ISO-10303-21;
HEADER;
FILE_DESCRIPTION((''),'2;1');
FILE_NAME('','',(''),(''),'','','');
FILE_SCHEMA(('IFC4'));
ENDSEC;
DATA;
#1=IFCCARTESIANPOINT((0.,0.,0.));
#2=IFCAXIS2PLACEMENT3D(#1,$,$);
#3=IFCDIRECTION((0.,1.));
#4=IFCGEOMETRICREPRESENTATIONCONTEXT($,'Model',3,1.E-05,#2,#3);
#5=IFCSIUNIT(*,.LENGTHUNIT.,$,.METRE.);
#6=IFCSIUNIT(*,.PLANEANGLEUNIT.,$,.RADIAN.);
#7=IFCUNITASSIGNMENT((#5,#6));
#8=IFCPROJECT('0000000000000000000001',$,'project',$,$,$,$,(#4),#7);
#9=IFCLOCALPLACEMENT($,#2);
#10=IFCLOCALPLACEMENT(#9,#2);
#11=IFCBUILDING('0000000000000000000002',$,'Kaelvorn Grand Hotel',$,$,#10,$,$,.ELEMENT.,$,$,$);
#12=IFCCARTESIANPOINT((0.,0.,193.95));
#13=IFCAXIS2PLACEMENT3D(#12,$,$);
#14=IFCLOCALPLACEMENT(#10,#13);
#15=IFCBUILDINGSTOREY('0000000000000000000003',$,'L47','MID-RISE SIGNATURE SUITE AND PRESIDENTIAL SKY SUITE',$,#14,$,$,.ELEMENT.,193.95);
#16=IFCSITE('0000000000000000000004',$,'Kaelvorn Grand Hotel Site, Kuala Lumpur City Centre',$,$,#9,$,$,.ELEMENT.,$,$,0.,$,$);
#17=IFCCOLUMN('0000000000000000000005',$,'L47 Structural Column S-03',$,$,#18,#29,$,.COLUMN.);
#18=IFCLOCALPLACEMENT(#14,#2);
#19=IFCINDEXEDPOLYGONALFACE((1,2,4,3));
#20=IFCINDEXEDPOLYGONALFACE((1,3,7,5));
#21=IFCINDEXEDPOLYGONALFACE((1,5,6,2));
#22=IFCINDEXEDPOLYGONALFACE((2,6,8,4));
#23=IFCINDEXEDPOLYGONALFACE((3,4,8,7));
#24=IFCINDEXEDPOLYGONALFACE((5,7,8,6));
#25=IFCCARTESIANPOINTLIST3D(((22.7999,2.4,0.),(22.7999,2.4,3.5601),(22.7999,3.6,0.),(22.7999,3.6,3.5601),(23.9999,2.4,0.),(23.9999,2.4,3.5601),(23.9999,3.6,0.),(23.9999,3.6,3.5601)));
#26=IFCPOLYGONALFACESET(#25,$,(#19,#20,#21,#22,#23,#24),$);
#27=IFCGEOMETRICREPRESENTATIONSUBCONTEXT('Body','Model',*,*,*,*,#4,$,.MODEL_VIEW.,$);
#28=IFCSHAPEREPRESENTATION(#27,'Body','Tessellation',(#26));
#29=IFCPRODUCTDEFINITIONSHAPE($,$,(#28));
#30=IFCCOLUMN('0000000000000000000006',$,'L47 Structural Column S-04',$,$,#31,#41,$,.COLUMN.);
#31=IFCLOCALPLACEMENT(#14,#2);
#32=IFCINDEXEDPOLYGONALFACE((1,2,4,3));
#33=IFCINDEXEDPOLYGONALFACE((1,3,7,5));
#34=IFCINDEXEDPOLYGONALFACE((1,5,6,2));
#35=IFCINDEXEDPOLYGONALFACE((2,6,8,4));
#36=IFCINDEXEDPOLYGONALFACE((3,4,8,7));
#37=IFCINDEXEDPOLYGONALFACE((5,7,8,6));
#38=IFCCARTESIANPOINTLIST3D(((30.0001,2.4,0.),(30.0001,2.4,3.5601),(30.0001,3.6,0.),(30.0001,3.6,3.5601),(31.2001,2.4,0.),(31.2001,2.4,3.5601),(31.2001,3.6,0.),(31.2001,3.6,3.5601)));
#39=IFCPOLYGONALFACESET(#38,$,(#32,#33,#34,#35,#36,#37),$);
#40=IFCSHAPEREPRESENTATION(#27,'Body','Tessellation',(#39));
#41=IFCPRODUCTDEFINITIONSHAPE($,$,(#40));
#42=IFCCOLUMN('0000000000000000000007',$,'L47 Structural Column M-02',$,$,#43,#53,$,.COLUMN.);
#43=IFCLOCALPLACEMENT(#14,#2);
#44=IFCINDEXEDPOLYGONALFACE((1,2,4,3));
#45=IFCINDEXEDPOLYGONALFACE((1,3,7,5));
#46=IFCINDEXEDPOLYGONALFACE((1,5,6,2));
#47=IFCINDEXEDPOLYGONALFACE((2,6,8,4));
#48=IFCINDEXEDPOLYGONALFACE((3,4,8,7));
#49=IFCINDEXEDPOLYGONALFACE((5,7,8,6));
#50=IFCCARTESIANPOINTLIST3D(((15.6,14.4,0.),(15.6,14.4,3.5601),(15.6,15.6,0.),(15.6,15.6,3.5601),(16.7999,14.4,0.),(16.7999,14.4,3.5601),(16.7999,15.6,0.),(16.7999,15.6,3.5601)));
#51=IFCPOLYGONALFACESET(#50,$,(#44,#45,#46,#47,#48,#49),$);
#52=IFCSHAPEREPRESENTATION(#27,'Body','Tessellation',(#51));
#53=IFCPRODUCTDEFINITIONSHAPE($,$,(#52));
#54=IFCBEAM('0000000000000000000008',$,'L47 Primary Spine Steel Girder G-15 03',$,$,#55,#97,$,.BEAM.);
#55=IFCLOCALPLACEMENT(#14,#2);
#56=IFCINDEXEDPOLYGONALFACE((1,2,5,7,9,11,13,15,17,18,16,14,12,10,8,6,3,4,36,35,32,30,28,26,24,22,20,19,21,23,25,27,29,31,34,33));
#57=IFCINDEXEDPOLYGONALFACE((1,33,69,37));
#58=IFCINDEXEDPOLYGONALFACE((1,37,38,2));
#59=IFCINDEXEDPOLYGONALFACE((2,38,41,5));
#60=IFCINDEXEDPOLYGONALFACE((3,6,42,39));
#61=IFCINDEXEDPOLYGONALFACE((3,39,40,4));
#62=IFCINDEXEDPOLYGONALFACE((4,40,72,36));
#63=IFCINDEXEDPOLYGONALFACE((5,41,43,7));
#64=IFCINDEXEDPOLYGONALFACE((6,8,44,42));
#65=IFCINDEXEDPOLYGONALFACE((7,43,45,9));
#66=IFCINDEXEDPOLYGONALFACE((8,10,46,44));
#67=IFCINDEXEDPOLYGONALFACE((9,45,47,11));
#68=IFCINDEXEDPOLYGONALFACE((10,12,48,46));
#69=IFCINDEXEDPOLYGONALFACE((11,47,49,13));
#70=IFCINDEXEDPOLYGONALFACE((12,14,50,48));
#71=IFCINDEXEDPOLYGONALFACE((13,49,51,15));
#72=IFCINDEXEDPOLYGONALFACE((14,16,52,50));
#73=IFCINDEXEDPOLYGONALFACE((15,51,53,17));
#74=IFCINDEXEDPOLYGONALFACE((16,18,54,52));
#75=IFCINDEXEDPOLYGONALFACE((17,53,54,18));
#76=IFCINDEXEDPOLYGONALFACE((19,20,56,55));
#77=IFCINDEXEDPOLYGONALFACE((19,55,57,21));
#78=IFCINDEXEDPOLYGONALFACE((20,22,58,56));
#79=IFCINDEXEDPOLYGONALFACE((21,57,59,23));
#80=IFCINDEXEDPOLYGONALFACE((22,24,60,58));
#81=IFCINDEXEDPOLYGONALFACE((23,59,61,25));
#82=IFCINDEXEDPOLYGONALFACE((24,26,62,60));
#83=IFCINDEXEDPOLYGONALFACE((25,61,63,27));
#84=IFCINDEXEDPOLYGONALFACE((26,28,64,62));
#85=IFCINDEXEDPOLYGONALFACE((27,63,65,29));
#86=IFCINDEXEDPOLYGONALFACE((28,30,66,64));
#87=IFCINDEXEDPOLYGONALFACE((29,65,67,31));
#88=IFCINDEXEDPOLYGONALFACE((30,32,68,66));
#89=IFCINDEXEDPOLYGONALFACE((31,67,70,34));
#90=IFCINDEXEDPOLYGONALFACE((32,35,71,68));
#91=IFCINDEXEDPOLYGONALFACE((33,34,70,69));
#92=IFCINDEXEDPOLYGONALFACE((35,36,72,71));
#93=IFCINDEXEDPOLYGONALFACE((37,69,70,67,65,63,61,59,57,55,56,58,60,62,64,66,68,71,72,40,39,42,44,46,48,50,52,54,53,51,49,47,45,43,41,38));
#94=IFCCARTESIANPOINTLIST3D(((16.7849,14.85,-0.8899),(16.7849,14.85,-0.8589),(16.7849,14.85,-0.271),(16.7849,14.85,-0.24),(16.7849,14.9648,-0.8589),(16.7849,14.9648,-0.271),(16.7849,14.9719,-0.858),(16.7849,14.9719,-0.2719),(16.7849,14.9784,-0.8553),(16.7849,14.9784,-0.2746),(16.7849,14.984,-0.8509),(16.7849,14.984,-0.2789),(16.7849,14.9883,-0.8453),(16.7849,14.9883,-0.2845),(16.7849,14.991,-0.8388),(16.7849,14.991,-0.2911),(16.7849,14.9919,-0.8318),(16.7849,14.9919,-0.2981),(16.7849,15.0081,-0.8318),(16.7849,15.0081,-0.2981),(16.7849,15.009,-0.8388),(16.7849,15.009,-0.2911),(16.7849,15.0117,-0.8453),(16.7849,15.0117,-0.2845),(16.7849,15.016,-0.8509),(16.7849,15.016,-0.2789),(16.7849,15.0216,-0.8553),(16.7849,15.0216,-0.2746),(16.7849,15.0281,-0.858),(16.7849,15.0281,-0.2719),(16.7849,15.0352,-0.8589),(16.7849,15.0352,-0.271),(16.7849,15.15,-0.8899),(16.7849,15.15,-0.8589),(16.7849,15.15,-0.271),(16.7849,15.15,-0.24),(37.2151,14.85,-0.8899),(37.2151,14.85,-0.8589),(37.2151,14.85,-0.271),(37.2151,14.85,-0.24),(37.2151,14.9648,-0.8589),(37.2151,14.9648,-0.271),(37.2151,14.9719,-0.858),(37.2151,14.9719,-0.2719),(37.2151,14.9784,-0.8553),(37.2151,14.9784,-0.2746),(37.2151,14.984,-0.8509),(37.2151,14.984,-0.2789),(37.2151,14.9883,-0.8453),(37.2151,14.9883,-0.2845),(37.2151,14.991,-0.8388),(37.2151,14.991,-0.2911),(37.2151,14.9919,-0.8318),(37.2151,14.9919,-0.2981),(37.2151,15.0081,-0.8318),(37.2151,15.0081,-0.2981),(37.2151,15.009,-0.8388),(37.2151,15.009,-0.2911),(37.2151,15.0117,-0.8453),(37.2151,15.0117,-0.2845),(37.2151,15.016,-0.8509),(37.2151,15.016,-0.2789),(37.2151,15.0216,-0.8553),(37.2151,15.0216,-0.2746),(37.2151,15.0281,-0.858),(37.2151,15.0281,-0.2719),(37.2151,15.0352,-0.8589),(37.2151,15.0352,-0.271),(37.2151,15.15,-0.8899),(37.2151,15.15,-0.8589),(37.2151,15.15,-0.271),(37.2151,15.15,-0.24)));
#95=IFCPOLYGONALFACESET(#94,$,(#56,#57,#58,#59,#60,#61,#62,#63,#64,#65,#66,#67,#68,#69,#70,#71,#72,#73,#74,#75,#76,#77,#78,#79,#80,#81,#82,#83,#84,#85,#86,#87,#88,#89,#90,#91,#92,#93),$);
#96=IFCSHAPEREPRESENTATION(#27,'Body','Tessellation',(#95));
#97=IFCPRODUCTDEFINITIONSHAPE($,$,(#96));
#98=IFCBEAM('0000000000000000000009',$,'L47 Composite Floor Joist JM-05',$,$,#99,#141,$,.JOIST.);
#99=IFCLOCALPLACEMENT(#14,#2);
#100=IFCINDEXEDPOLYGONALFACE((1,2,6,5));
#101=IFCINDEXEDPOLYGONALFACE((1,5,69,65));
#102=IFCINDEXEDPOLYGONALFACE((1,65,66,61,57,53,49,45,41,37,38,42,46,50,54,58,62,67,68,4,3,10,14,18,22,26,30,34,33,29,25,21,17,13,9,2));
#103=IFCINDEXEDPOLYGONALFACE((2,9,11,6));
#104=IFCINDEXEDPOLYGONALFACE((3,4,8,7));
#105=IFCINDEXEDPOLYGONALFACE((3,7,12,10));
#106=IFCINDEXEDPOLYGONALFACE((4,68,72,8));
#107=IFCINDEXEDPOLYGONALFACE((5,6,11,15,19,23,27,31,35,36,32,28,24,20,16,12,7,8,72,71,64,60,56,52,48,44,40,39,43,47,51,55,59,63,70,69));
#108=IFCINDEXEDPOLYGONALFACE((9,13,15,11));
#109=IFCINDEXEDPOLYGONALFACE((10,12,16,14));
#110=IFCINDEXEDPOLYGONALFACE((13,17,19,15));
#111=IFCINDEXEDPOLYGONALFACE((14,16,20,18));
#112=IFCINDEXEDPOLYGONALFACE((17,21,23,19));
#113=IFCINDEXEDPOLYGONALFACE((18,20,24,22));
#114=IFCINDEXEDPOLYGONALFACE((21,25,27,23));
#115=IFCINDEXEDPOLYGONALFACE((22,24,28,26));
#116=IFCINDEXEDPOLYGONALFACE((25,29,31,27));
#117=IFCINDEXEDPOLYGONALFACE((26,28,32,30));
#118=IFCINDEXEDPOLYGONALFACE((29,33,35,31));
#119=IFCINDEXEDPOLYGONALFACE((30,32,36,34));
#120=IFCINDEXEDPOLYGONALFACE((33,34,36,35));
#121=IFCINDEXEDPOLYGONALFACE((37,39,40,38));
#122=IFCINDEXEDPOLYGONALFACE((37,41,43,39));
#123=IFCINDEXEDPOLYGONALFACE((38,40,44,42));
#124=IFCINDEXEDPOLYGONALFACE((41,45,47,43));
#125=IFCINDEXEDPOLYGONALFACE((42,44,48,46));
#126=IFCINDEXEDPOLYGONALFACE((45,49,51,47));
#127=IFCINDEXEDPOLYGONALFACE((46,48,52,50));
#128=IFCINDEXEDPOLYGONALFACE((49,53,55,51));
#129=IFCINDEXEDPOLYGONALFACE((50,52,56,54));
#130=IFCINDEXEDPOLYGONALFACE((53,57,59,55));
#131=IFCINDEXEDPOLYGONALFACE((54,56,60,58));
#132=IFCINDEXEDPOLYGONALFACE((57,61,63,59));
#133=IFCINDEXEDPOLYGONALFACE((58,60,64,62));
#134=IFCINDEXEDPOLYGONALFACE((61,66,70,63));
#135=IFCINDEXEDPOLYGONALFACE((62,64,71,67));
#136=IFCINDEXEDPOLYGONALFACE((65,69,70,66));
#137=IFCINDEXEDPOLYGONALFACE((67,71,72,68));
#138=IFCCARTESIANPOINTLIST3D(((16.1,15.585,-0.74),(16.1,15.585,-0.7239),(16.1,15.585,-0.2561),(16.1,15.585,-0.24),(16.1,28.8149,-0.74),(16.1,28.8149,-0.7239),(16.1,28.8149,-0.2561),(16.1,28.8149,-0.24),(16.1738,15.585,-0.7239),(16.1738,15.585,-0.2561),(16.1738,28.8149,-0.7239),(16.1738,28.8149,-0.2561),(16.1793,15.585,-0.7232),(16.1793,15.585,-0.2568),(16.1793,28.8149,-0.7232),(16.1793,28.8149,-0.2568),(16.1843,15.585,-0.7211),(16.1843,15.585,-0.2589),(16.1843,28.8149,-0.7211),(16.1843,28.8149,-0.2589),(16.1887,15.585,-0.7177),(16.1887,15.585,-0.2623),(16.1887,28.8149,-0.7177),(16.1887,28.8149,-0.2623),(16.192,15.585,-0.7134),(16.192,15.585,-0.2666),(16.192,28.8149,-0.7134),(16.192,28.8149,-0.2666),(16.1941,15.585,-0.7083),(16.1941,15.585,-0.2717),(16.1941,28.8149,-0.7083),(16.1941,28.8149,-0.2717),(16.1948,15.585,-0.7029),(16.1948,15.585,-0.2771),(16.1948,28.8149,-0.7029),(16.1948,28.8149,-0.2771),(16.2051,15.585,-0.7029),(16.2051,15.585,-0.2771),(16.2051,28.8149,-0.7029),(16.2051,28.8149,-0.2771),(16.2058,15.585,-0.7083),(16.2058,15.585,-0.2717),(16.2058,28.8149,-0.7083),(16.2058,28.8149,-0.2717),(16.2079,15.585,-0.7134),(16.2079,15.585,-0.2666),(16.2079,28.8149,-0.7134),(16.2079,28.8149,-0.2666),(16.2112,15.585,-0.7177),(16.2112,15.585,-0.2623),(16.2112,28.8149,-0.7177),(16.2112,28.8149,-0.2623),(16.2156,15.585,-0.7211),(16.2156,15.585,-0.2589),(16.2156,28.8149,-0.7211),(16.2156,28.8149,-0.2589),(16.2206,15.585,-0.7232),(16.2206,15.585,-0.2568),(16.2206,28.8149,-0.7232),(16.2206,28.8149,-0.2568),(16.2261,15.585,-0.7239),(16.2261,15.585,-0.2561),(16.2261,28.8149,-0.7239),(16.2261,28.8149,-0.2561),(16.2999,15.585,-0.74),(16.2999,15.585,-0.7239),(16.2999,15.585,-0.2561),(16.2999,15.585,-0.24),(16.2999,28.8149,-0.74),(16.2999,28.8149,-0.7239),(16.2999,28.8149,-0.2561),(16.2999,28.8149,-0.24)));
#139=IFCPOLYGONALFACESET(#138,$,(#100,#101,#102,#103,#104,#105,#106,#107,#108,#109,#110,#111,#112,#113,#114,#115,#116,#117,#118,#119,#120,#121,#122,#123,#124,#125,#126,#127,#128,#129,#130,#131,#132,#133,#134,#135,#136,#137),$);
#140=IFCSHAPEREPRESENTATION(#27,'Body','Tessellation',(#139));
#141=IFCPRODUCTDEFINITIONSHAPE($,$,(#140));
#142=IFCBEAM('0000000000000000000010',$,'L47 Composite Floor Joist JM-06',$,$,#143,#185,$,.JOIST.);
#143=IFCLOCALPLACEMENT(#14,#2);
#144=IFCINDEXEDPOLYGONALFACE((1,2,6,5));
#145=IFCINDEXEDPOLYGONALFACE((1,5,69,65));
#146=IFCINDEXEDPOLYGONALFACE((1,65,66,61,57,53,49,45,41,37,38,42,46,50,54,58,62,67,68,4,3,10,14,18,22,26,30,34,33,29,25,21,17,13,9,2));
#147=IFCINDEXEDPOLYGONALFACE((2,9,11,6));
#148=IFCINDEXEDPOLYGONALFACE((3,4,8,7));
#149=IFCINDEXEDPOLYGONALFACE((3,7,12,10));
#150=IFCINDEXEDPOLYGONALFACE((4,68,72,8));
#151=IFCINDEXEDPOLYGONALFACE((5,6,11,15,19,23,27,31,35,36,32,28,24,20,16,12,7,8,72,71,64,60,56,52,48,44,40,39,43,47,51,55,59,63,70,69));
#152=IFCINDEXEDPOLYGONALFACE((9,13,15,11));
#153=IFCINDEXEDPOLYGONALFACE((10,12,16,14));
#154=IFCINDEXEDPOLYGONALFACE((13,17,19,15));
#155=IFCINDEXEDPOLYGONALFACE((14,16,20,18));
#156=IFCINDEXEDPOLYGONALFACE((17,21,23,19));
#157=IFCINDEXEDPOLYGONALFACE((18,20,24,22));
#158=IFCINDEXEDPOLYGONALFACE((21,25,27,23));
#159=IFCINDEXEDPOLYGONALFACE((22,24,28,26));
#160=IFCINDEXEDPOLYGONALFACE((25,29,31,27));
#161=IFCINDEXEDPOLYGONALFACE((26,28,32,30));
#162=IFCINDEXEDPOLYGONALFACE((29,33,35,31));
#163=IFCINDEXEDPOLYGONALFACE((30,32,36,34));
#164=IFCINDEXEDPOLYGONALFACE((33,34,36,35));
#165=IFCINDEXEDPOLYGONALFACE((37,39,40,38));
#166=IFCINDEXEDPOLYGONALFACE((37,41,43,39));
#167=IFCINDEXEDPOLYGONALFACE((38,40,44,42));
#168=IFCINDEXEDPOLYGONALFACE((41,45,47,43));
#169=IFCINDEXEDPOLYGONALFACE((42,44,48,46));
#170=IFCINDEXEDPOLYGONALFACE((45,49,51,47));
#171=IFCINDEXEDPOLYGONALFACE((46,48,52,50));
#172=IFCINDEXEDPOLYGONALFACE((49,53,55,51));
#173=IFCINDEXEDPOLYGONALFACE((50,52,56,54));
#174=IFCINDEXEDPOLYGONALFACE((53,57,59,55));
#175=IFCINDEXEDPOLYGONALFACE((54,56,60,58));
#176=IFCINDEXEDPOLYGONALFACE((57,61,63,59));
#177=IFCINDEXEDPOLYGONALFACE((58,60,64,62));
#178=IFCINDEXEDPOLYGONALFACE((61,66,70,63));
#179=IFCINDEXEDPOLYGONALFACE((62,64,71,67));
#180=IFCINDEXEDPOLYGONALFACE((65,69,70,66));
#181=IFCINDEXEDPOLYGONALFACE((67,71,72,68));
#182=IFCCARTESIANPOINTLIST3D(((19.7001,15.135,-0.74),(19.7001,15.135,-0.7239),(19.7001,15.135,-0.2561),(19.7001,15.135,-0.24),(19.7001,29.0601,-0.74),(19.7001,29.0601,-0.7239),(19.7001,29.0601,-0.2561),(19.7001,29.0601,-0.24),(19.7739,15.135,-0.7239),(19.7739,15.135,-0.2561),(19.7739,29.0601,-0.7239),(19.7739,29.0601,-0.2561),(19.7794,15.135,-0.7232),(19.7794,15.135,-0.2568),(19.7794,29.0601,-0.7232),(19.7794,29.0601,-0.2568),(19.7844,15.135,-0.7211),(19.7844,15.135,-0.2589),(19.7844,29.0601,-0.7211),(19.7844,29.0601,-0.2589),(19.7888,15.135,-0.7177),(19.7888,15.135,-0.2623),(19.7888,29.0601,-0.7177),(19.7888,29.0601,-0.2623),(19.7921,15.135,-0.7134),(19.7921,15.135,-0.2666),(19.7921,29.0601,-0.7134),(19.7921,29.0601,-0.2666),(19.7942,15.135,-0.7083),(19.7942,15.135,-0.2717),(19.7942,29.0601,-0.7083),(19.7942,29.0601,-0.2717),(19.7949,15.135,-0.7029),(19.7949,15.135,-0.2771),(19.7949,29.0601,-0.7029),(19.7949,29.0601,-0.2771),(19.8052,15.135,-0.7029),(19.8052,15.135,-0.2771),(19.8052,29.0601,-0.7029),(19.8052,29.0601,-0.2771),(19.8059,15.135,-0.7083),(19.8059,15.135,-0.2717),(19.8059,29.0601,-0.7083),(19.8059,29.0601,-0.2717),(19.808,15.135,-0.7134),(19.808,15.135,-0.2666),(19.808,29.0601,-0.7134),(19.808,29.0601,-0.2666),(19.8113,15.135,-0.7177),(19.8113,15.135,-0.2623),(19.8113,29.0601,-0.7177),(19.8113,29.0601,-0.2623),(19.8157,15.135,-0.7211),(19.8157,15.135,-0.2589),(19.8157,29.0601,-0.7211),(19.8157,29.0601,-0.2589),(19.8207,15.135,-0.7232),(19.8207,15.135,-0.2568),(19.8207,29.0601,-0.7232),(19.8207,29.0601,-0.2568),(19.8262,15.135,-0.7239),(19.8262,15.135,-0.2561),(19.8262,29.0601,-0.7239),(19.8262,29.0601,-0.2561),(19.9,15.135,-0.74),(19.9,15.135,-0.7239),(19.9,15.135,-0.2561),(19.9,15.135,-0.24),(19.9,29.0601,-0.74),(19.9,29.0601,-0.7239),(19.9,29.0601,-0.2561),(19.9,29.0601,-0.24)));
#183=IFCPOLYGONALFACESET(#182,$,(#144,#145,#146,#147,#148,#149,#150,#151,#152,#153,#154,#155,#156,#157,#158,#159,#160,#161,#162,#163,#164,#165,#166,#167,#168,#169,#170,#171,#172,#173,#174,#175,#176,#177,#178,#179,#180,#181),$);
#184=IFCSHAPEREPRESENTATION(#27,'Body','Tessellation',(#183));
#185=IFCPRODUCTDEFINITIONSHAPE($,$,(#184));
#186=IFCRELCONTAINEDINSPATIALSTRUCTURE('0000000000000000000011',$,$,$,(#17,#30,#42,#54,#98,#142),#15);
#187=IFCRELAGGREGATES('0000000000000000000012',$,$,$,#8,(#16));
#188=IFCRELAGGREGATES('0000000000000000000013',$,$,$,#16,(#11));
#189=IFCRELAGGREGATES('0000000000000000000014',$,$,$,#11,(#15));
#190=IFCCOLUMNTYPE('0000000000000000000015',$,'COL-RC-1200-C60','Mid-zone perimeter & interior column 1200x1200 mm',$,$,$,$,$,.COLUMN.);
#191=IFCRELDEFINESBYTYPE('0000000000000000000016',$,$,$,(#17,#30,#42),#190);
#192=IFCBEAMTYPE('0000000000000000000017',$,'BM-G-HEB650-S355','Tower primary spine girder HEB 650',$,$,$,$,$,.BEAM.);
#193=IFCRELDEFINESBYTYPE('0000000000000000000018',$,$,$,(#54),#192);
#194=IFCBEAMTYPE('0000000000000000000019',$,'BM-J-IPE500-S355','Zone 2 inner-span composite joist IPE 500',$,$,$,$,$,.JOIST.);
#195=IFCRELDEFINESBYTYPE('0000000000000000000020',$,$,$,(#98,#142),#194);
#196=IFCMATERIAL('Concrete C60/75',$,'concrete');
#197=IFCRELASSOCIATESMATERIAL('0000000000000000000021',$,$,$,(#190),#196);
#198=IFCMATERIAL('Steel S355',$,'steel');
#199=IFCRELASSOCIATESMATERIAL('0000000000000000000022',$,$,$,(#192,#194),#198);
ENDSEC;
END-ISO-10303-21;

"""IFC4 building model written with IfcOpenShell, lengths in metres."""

from ifc_helpers import new_model, si_unit, direction, frame, origin, origin_2d, place, context, subcontext, project, spatial, rectangle, i_section, extrude, material, material_profile, profile_set, type_object, element, save


model = new_model("IFC4")

# Units and contexts
model_context = context("Model", 3, precision=1e-05, world=origin(), true_north=direction((0.0, 1.0)))
body_context = subcontext(model_context, "Body", "Model", "MODEL_VIEW")
ifc_project = project(units=[si_unit("LENGTHUNIT", "METRE"), si_unit("PLANEANGLEUNIT", "RADIAN")], contexts=[model_context])

# Site, building, storey
site_placement = place(None, origin())
site = spatial("IfcSite", under=ifc_project, at=site_placement, Name="Kaelvorn Grand Hotel Site, Kuala Lumpur City Centre", CompositionType="ELEMENT", RefElevation=0.0)
building_placement = place(site_placement, origin())
building = spatial("IfcBuilding", under=site, at=building_placement, Name="Kaelvorn Grand Hotel", CompositionType="ELEMENT")
storey_placement = place(building_placement, frame((0.0, 0.0, 193.95)))
storey = spatial("IfcBuildingStorey", under=building, at=storey_placement, Name="L47", Description="MID-RISE SIGNATURE SUITE AND PRESIDENTIAL SKY SUITE", CompositionType="ELEMENT", Elevation=193.95)

# Columns
ifc_material_1 = material(Name="Concrete C60/75", Category="concrete")
ifc_material_profile_1 = material_profile(ifc_material_1, rectangle(XDim=1.2, YDim=1.2, at=origin_2d()), Name="RC COL 1200x1200")
ifc_profile_set_1 = profile_set([ifc_material_profile_1], Name="Concrete C60/75")
column_type = type_object("IfcColumnType", Name="COL-RC-1200-C60", Description="Mid-zone perimeter & interior column 1200x1200 mm", PredefinedType="COLUMN", material=ifc_profile_set_1)
for number, where, z_axis, x_axis, name in (
    (1, (23.3999, 3.0, 0.0), (0.0, 0.0, 1.0), (1.0, 0.0, 0.0), "L47 Structural Column S-03"),
    (2, (30.6001, 3.0, 0.0), (0.0, 0.0, 1.0), (1.0, 0.0, 0.0), "L47 Structural Column S-04"),
    (3, (16.2, 15.0, 0.0), (0.0, 0.0, 1.0), (1.0, 0.0, 0.0), "L47 Structural Column M-02"),
):
    element("IfcColumn", number, at=place(storey_placement, frame(where, z_axis=z_axis, x_axis=x_axis)), inside=storey, type_object=column_type, Name=name, PredefinedType="COLUMN", context=body_context, shape_type="SweptSolid", body=[
        extrude(rectangle(XDim=1.2, YDim=1.2, at=origin_2d()), origin(), (0.0, 0.0, 1.0), 3.5601),
    ])

# Beams
ifc_material_2 = material(Name="Steel S355", Category="steel")
ifc_material_profile_2 = material_profile(ifc_material_2, i_section(OverallWidth=0.3, OverallDepth=0.6499, WebThickness=0.0161, FlangeThickness=0.031, FilletRadius=0.0271, at=origin_2d()), Name="HEB 650")
ifc_profile_set_2 = profile_set([ifc_material_profile_2], Name="Steel S355")
beam_type_1 = type_object("IfcBeamType", Name="BM-G-HEB650-S355", Description="Tower primary spine girder HEB 650", PredefinedType="BEAM", material=ifc_profile_set_2)
beam_1_placement = place(storey_placement, frame((16.7849, 15.0, -0.5649), z_axis=(1.0, 0.0, 0.0), x_axis=(0.0, 1.0, 0.0)))
element("IfcBeam", 4, at=beam_1_placement, inside=storey, type_object=beam_type_1, Name="L47 Primary Spine Steel Girder G-15 03", PredefinedType="BEAM", context=body_context, shape_type="SweptSolid", body=[
    extrude(i_section(OverallWidth=0.3, OverallDepth=0.6499, WebThickness=0.0161, FlangeThickness=0.031, FilletRadius=0.0271, at=origin_2d()), origin(), (0.0, 0.0, 1.0), 20.4302),
])
ifc_material_profile_3 = material_profile(ifc_material_2, i_section(OverallWidth=0.2, OverallDepth=0.5, WebThickness=0.0103, FlangeThickness=0.0161, FilletRadius=0.021, at=origin_2d()), Name="IPE 500")
ifc_profile_set_3 = profile_set([ifc_material_profile_3], Name="Steel S355")
beam_type_2 = type_object("IfcBeamType", Name="BM-J-IPE500-S355", Description="Zone 2 inner-span composite joist IPE 500", PredefinedType="JOIST", material=ifc_profile_set_3)
beam_2_placement = place(storey_placement, frame((16.2, 15.585, -0.49), z_axis=(0.0, 1.0, 0.0), x_axis=(-1.0, 0.0, 0.0)))
element("IfcBeam", 5, at=beam_2_placement, inside=storey, type_object=beam_type_2, Name="L47 Composite Floor Joist JM-05", PredefinedType="JOIST", context=body_context, shape_type="SweptSolid", body=[
    extrude(i_section(OverallWidth=0.2, OverallDepth=0.5, WebThickness=0.0103, FlangeThickness=0.0161, FilletRadius=0.021, at=origin_2d()), origin(), (0.0, 0.0, 1.0), 13.23),
])
beam_3_placement = place(storey_placement, frame((19.8, 15.135, -0.49), z_axis=(0.0, 1.0, 0.0), x_axis=(-1.0, 0.0, 0.0)))
element("IfcBeam", 6, at=beam_3_placement, inside=storey, type_object=beam_type_2, Name="L47 Composite Floor Joist JM-06", PredefinedType="JOIST", context=body_context, shape_type="SweptSolid", body=[
    extrude(i_section(OverallWidth=0.2, OverallDepth=0.5, WebThickness=0.0103, FlangeThickness=0.0161, FilletRadius=0.021, at=origin_2d()), origin(), (0.0, 0.0, 1.0), 13.925),
])

save(model, "model.ifc")
